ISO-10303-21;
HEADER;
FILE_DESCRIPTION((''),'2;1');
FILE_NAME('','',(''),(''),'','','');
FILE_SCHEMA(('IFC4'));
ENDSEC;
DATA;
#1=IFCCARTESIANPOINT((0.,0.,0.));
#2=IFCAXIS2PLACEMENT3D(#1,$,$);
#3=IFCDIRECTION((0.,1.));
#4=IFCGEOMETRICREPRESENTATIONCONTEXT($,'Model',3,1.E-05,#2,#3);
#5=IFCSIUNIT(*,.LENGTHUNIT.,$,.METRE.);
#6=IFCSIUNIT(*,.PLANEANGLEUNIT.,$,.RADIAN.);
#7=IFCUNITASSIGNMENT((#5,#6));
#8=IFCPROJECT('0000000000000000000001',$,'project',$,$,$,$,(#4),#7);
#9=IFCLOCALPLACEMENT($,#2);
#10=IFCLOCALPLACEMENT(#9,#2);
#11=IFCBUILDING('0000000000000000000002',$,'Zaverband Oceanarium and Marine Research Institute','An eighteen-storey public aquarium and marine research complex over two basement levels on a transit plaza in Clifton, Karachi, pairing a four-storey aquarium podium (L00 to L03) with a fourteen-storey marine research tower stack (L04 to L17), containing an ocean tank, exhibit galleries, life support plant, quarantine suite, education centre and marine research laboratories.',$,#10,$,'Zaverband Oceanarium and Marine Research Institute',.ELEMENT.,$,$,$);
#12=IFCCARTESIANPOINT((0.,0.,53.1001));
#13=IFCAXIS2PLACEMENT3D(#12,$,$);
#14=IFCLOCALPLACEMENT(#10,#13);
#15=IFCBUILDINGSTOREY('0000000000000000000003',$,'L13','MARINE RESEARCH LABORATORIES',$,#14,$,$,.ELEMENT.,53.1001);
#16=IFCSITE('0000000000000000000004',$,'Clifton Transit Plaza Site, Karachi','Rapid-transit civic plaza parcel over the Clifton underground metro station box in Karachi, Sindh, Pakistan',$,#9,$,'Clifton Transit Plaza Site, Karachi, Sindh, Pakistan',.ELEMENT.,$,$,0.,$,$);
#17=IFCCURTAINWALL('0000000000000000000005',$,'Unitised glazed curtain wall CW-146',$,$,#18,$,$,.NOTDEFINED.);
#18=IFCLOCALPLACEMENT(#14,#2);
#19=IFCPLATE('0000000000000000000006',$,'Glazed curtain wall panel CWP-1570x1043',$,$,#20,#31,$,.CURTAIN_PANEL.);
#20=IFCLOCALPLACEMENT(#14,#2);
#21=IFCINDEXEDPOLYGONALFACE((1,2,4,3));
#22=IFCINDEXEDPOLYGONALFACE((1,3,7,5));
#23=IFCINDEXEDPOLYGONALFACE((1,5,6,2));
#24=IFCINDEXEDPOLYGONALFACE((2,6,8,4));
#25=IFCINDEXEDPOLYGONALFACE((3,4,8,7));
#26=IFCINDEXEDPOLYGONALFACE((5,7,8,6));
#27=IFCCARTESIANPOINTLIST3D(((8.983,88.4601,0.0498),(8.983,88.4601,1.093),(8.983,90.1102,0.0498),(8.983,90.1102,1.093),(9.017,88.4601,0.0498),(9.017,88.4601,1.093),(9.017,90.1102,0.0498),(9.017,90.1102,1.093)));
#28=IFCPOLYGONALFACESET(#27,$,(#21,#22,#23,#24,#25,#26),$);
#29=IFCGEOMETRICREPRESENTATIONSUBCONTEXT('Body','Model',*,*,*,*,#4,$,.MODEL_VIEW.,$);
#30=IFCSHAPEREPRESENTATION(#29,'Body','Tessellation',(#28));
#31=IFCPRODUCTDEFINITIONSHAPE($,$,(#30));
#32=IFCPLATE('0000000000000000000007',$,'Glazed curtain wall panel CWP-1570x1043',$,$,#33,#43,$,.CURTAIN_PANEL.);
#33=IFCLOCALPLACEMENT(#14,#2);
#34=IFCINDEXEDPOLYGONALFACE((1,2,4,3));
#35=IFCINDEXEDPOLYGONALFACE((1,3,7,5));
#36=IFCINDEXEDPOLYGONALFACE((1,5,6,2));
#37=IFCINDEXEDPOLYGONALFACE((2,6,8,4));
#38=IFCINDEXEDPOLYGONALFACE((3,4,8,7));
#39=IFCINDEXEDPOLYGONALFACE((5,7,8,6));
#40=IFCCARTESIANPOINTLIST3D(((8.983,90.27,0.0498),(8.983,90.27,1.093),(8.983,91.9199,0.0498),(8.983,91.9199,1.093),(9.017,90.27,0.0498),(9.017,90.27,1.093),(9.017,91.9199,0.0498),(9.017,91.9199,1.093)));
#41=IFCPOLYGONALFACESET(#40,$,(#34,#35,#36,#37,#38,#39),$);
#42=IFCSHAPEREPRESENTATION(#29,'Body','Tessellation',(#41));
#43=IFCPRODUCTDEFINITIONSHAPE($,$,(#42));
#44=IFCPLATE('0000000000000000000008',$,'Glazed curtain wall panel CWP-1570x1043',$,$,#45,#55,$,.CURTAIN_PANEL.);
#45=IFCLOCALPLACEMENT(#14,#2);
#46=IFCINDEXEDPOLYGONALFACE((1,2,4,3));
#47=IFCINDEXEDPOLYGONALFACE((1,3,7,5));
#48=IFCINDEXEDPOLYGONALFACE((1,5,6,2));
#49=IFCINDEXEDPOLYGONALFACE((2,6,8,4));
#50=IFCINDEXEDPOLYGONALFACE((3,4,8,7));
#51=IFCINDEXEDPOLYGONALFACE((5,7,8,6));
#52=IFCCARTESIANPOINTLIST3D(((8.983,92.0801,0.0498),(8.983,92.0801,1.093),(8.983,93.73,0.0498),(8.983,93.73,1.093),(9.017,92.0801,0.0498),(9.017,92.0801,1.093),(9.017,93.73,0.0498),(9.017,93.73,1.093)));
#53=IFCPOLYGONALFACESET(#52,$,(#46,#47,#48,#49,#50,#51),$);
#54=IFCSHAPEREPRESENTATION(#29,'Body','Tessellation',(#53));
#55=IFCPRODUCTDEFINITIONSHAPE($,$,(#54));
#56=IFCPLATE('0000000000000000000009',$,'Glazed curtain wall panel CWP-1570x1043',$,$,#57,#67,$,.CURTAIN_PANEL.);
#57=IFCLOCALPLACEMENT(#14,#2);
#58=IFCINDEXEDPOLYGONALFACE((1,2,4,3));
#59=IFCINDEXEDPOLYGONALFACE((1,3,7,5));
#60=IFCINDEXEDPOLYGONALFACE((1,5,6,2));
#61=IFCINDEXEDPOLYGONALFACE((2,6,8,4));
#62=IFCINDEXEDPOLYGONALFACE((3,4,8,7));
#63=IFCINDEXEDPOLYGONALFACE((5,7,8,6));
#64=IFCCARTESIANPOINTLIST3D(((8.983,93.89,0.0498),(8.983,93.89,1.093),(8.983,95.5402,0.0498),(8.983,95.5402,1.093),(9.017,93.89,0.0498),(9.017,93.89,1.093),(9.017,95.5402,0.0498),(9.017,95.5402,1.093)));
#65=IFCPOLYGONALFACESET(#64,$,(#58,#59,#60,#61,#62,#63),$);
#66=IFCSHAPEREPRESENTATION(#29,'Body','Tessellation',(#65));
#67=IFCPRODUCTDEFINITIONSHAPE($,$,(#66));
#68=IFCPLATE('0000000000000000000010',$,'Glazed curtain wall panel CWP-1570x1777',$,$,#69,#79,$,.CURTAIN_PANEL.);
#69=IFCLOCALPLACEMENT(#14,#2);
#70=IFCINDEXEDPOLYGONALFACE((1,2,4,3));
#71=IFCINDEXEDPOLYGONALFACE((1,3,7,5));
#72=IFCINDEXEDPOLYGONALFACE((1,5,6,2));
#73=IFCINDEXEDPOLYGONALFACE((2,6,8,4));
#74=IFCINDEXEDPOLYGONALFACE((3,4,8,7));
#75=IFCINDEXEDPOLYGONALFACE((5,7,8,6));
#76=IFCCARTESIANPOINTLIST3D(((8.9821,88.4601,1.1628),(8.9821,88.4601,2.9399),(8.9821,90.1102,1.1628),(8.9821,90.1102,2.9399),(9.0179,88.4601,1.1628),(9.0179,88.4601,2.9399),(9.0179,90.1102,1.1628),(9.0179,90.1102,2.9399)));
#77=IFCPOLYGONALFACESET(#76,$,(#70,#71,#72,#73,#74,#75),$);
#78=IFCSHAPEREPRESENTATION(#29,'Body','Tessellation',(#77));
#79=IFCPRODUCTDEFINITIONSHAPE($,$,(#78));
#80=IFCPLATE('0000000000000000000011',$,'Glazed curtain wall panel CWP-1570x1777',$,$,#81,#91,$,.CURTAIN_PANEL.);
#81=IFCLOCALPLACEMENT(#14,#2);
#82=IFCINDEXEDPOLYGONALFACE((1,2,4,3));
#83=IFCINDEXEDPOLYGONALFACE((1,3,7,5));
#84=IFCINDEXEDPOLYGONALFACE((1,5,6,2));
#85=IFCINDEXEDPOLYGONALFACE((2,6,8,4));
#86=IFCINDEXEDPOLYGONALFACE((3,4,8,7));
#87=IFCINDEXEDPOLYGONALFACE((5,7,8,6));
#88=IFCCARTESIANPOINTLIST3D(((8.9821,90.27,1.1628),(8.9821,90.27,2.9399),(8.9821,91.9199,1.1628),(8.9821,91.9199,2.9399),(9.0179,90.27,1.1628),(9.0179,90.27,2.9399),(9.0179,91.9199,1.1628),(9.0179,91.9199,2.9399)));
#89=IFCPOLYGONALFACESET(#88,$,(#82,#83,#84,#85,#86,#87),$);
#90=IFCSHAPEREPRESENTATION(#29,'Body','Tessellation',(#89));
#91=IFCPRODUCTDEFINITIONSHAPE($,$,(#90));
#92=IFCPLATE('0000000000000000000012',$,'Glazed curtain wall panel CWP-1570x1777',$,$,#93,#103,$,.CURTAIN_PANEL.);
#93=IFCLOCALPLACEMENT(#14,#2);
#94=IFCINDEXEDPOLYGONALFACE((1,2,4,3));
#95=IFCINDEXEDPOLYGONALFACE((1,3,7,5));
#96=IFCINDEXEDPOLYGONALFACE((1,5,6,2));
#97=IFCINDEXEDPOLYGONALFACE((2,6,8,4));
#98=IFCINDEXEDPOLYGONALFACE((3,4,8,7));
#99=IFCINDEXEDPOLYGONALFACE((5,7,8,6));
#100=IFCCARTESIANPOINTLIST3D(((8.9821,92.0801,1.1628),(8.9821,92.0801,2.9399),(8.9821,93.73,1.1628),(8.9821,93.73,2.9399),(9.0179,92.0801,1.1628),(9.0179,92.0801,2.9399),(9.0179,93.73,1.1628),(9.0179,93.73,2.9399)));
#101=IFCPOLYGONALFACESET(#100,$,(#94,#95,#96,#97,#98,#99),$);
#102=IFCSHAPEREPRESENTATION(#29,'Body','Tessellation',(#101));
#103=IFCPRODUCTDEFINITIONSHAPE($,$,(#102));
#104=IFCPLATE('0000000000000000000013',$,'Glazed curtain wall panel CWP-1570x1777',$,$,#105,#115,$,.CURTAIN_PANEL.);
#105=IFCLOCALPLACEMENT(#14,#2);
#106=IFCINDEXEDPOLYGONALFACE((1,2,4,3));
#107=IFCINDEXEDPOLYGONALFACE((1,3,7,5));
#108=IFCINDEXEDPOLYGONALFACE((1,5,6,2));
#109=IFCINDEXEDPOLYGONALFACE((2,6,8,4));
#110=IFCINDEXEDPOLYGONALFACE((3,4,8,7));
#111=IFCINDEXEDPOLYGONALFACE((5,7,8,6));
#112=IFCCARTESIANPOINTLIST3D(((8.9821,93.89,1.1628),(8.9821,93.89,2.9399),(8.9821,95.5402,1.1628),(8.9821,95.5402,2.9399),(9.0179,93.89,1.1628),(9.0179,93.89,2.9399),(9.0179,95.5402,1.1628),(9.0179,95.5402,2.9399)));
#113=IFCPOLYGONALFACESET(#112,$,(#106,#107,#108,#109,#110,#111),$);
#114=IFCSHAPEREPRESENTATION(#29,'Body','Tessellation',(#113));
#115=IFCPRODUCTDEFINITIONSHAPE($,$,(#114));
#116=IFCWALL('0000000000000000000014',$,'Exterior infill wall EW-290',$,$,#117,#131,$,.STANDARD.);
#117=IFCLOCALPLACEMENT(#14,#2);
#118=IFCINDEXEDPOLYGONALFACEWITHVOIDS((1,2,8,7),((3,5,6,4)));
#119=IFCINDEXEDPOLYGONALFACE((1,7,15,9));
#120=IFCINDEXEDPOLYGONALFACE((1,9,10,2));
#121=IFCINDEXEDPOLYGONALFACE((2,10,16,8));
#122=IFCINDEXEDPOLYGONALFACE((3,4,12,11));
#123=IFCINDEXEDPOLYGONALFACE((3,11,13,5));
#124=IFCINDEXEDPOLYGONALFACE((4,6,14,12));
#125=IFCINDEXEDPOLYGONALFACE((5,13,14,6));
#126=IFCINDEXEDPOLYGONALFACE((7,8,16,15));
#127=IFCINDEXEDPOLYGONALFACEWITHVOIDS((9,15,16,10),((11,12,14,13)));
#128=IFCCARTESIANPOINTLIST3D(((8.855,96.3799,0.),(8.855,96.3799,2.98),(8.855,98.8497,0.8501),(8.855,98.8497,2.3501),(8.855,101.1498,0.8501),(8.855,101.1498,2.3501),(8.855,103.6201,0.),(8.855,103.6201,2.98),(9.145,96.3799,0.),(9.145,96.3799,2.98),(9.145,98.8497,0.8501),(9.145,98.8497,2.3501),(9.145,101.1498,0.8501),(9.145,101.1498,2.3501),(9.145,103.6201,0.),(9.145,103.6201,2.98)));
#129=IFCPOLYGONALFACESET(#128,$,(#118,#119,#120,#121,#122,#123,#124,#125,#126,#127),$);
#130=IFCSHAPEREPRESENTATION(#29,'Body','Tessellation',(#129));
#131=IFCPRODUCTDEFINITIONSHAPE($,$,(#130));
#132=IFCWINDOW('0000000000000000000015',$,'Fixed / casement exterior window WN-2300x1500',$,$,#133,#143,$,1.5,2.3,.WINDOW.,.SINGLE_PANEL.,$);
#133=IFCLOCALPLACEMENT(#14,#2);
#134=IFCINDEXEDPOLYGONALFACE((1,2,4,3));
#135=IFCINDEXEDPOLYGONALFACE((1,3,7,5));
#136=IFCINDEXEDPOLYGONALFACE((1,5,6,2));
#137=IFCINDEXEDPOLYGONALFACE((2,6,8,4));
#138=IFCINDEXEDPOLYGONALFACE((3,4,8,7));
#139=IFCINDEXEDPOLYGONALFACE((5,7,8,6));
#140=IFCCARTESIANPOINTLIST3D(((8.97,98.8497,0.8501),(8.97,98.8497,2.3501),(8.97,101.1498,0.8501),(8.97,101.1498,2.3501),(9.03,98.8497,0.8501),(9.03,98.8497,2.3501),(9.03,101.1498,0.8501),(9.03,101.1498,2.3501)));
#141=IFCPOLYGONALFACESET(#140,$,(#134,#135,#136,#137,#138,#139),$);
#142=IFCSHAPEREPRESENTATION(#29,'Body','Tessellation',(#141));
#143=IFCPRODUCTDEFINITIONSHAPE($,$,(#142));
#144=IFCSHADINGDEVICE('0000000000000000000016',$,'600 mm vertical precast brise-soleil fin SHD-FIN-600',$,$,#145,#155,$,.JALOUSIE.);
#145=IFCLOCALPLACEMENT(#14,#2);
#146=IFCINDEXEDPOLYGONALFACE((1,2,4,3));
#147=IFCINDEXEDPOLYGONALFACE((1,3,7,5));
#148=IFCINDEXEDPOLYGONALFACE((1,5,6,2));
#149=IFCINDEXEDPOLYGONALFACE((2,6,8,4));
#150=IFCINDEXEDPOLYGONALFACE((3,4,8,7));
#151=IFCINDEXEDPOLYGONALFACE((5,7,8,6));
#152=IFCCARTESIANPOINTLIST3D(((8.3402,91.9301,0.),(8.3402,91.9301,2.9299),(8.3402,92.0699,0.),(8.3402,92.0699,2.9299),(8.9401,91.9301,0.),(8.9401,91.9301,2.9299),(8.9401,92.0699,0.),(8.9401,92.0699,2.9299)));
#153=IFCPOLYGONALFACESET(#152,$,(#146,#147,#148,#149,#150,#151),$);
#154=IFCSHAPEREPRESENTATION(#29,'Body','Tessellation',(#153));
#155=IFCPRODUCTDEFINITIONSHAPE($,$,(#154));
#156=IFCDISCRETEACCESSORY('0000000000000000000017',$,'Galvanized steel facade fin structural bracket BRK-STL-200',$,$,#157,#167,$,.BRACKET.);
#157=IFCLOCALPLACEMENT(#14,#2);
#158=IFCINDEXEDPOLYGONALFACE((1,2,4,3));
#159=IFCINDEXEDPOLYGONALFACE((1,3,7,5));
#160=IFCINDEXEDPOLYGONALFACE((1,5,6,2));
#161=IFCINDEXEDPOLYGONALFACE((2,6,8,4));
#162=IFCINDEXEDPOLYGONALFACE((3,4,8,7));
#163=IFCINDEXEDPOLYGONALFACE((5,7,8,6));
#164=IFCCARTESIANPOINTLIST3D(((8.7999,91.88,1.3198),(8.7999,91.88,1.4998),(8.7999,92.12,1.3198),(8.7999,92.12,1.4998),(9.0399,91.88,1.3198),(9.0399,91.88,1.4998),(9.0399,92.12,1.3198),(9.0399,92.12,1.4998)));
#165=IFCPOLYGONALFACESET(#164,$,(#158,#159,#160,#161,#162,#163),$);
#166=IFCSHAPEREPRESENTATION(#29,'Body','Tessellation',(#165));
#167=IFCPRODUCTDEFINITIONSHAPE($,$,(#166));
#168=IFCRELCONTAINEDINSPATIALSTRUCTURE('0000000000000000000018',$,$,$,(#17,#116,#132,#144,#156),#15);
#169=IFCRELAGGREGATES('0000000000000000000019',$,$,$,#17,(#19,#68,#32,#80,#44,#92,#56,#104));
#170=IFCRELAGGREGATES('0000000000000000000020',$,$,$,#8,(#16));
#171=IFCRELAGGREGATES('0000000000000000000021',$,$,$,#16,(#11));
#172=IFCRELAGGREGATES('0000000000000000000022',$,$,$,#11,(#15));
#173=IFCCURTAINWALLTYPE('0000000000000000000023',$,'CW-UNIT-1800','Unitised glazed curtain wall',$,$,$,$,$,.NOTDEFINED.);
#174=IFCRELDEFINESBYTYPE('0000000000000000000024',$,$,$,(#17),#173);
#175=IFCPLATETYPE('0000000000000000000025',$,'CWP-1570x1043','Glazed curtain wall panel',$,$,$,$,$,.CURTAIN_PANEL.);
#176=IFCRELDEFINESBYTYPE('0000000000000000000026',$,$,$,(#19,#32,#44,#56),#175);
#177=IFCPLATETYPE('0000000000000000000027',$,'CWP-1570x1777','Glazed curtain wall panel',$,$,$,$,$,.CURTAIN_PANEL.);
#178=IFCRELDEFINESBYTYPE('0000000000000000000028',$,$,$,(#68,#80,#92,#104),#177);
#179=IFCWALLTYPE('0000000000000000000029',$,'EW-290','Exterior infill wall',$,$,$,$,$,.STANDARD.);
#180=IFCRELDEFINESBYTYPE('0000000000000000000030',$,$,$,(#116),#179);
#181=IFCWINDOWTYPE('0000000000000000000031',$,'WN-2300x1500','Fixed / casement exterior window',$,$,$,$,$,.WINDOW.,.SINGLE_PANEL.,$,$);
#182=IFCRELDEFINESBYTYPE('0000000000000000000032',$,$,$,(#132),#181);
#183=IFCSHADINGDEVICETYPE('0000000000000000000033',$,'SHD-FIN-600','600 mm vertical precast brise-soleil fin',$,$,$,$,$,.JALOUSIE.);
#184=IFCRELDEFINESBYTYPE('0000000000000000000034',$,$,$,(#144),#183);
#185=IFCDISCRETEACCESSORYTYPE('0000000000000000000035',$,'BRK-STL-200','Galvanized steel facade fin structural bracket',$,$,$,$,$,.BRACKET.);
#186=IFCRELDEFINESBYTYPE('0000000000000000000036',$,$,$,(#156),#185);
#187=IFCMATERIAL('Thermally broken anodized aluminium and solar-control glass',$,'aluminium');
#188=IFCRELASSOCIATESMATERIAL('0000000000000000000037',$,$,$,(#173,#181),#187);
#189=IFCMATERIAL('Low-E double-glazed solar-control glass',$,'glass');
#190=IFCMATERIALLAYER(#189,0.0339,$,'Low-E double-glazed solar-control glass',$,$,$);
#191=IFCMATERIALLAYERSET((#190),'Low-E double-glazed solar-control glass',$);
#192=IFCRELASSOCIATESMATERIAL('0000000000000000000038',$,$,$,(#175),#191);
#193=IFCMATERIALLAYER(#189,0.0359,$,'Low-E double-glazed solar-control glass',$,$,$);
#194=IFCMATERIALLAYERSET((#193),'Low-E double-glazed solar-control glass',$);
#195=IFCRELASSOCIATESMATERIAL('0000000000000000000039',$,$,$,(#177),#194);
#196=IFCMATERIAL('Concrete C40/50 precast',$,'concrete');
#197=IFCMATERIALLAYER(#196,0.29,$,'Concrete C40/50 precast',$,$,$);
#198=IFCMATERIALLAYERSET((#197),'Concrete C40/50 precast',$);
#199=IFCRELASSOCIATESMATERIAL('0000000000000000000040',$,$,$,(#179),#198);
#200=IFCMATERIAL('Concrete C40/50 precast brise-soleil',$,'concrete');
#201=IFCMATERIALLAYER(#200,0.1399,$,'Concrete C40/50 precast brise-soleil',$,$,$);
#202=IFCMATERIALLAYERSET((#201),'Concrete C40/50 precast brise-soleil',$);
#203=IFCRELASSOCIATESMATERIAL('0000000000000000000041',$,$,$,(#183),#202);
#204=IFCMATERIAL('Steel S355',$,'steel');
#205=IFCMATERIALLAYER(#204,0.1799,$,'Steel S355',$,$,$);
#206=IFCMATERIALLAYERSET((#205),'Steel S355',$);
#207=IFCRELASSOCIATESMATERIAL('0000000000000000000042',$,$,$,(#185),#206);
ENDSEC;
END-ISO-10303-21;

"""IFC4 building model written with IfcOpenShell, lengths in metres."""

from ifc_helpers import new_model, si_unit, direction, frame, frame_2d, origin, origin_2d, place, context, subcontext, project, spatial, rectangle, extrude, material, layer, layer_set, type_object, element, fill, aggregate, save


model = new_model("IFC4")

# Units and contexts
model_context = context("Model", 3, precision=1e-05, world=origin(), true_north=direction((0.0, 1.0)))
body_context = subcontext(model_context, "Body", "Model", "MODEL_VIEW")
ifc_project = project(units=[si_unit("LENGTHUNIT", "METRE"), si_unit("PLANEANGLEUNIT", "RADIAN")], contexts=[model_context])

# Site, building, storey
site_placement = place(None, origin())
site = spatial("IfcSite", under=ifc_project, at=site_placement, Name="Clifton Transit Plaza Site, Karachi", Description="Rapid-transit civic plaza parcel over the Clifton underground metro station box in Karachi, Sindh, Pakistan", LongName="Clifton Transit Plaza Site, Karachi, Sindh, Pakistan", CompositionType="ELEMENT", RefElevation=0.0)
building_placement = place(site_placement, origin())
building = spatial("IfcBuilding", under=site, at=building_placement, Name="Zaverband Oceanarium and Marine Research Institute", Description="An eighteen-storey public aquarium and marine research complex over two basement levels on a transit plaza in Clifton, Karachi, pairing a four-storey aquarium podium (L00 to L03) with a fourteen-storey marine research tower stack (L04 to L17), containing an ocean tank, exhibit galleries, life support plant, quarantine suite, education centre and marine research laboratories.", LongName="Zaverband Oceanarium and Marine Research Institute", CompositionType="ELEMENT")
storey_placement = place(building_placement, frame((0.0, 0.0, 53.1001)))
storey = spatial("IfcBuildingStorey", under=building, at=storey_placement, Name="L13", Description="MARINE RESEARCH LABORATORIES", CompositionType="ELEMENT", Elevation=53.1001)

# Curtain wall
ifc_material_1 = material(Name="Thermally broken anodized aluminium and solar-control glass", Category="aluminium")
curtain_wall_type = type_object("IfcCurtainWallType", Name="CW-UNIT-1800", Description="Unitised glazed curtain wall", PredefinedType="NOTDEFINED", material=ifc_material_1)
curtain_wall_placement = place(storey_placement, origin())
curtain_wall = element("IfcCurtainWall", 1, at=curtain_wall_placement, inside=storey, type_object=curtain_wall_type, Name="Unitised glazed curtain wall CW-146", PredefinedType="NOTDEFINED")

# Plates
ifc_material_2 = material(Name="Low-E double-glazed solar-control glass", Category="glass")
ifc_layer_1 = layer(ifc_material_2, 0.0339, Name="Low-E double-glazed solar-control glass")
ifc_layer_set_1 = layer_set([ifc_layer_1], Name="Low-E double-glazed solar-control glass")
plate_type_1 = type_object("IfcPlateType", Name="CWP-1570x1043", Description="Glazed curtain wall panel", PredefinedType="CURTAIN_PANEL", material=ifc_layer_set_1)
plate_1_placement = place(storey_placement, frame((9.0, 88.46, 0.0498), z_axis=(0.0, 0.0, 1.0), x_axis=(0.0, 1.0, 0.0)))
plate_1 = element("IfcPlate", 2, at=plate_1_placement, type_object=plate_type_1, Name="Glazed curtain wall panel CWP-1570x1043", PredefinedType="CURTAIN_PANEL", context=body_context, shape_type="SweptSolid", body=[
    extrude(rectangle(XDim=1.6501, YDim=0.0339, at=frame_2d((0.8252, 0.0))), origin(), (0.0, 0.0, 1.0), 1.0432),
])
plate_2_placement = place(storey_placement, frame((9.0, 90.27, 0.0498), z_axis=(0.0, 0.0, 1.0), x_axis=(0.0, 1.0, 0.0)))
plate_2 = element("IfcPlate", 3, at=plate_2_placement, type_object=plate_type_1, Name="Glazed curtain wall panel CWP-1570x1043", PredefinedType="CURTAIN_PANEL", context=body_context, shape_type="SweptSolid", body=[
    extrude(rectangle(XDim=1.6499, YDim=0.0339, at=frame_2d((0.825, 0.0))), origin(), (0.0, 0.0, 1.0), 1.0432),
])
plate_3_placement = place(storey_placement, frame((9.0, 92.0801, 0.0498), z_axis=(0.0, 0.0, 1.0), x_axis=(0.0, 1.0, 0.0)))
plate_3 = element("IfcPlate", 4, at=plate_3_placement, type_object=plate_type_1, Name="Glazed curtain wall panel CWP-1570x1043", PredefinedType="CURTAIN_PANEL", context=body_context, shape_type="SweptSolid", body=[
    extrude(rectangle(XDim=1.6499, YDim=0.0339, at=frame_2d((0.825, 0.0))), origin(), (0.0, 0.0, 1.0), 1.0432),
])
plate_4_placement = place(storey_placement, frame((9.0, 93.8899, 0.0498), z_axis=(0.0, 0.0, 1.0), x_axis=(0.0, 1.0, 0.0)))
plate_4 = element("IfcPlate", 5, at=plate_4_placement, type_object=plate_type_1, Name="Glazed curtain wall panel CWP-1570x1043", PredefinedType="CURTAIN_PANEL", context=body_context, shape_type="SweptSolid", body=[
    extrude(rectangle(XDim=1.6501, YDim=0.0339, at=frame_2d((0.8252, 0.0))), origin(), (0.0, 0.0, 1.0), 1.0432),
])
ifc_layer_2 = layer(ifc_material_2, 0.0359, Name="Low-E double-glazed solar-control glass")
ifc_layer_set_2 = layer_set([ifc_layer_2], Name="Low-E double-glazed solar-control glass")
plate_type_2 = type_object("IfcPlateType", Name="CWP-1570x1777", Description="Glazed curtain wall panel", PredefinedType="CURTAIN_PANEL", material=ifc_layer_set_2)
plate_5_placement = place(storey_placement, frame((9.0, 88.46, 1.1628), z_axis=(0.0, 0.0, 1.0), x_axis=(0.0, 1.0, 0.0)))
plate_5 = element("IfcPlate", 6, at=plate_5_placement, type_object=plate_type_2, Name="Glazed curtain wall panel CWP-1570x1777", PredefinedType="CURTAIN_PANEL", context=body_context, shape_type="SweptSolid", body=[
    extrude(rectangle(XDim=1.6501, YDim=0.0359, at=frame_2d((0.8252, 0.0))), origin(), (0.0, 0.0, 1.0), 1.7771),
])
plate_6_placement = place(storey_placement, frame((9.0, 90.27, 1.1628), z_axis=(0.0, 0.0, 1.0), x_axis=(0.0, 1.0, 0.0)))
plate_6 = element("IfcPlate", 7, at=plate_6_placement, type_object=plate_type_2, Name="Glazed curtain wall panel CWP-1570x1777", PredefinedType="CURTAIN_PANEL", context=body_context, shape_type="SweptSolid", body=[
    extrude(rectangle(XDim=1.6499, YDim=0.0359, at=frame_2d((0.825, 0.0))), origin(), (0.0, 0.0, 1.0), 1.7771),
])
plate_7_placement = place(storey_placement, frame((9.0, 92.0801, 1.1628), z_axis=(0.0, 0.0, 1.0), x_axis=(0.0, 1.0, 0.0)))
plate_7 = element("IfcPlate", 8, at=plate_7_placement, type_object=plate_type_2, Name="Glazed curtain wall panel CWP-1570x1777", PredefinedType="CURTAIN_PANEL", context=body_context, shape_type="SweptSolid", body=[
    extrude(rectangle(XDim=1.6499, YDim=0.0359, at=frame_2d((0.825, 0.0))), origin(), (0.0, 0.0, 1.0), 1.7771),
])
plate_8_placement = place(storey_placement, frame((9.0, 93.8899, 1.1628), z_axis=(0.0, 0.0, 1.0), x_axis=(0.0, 1.0, 0.0)))
plate_8 = element("IfcPlate", 9, at=plate_8_placement, type_object=plate_type_2, Name="Glazed curtain wall panel CWP-1570x1777", PredefinedType="CURTAIN_PANEL", context=body_context, shape_type="SweptSolid", body=[
    extrude(rectangle(XDim=1.6501, YDim=0.0359, at=frame_2d((0.8252, 0.0))), origin(), (0.0, 0.0, 1.0), 1.7771),
])
aggregate(curtain_wall, [plate_1, plate_5, plate_2, plate_6, plate_3, plate_7, plate_4, plate_8])

# Wall, opening, window
ifc_material_3 = material(Name="Concrete C40/50 precast", Category="concrete")
ifc_layer_3 = layer(ifc_material_3, 0.29, Name="Concrete C40/50 precast")
ifc_layer_set_3 = layer_set([ifc_layer_3], Name="Concrete C40/50 precast")
wall_type = type_object("IfcWallType", Name="EW-290", Description="Exterior infill wall", PredefinedType="STANDARD", material=ifc_layer_set_3)
wall_placement = place(storey_placement, frame((9.0, 96.3799, 0.0), z_axis=(0.0, 0.0, 1.0), x_axis=(0.0, 1.0, 0.0)))
wall = element("IfcWall", 10, at=wall_placement, inside=storey, type_object=wall_type, Name="Exterior infill wall EW-290", PredefinedType="STANDARD", context=body_context, shape_type="SweptSolid", body=[
    extrude(rectangle(XDim=7.2402, YDim=0.29, at=frame_2d((3.6201, 0.0))), origin(), (0.0, 0.0, 1.0), 2.98),
])
opening_placement = place(wall_placement, frame((2.47, 0.0, 0.8501)))
opening = element("IfcOpeningElement", 11, at=opening_placement, cuts=wall, PredefinedType="OPENING", context=body_context, shape_type="SweptSolid", body=[
    extrude(rectangle(XDim=2.3, YDim=1.5, at=frame_2d((1.1499, 0.75))), frame((0.0, 0.157, 0.0), z_axis=(0.0, -1.0, 0.0), x_axis=(1.0, 0.0, 0.0)), (0.0, 0.0, 1.0), 0.314),
])
window_type = type_object("IfcWindowType", Name="WN-2300x1500", Description="Fixed / casement exterior window", PartitioningType="SINGLE_PANEL", PredefinedType="WINDOW", material=ifc_material_1)
window_placement = place(opening_placement, origin())
window = element("IfcWindow", 12, at=window_placement, inside=storey, type_object=window_type, Name="Fixed / casement exterior window WN-2300x1500", OverallHeight=1.5, OverallWidth=2.3, PartitioningType="SINGLE_PANEL", PredefinedType="WINDOW", context=body_context, shape_type="SweptSolid", body=[
    extrude(rectangle(XDim=2.3, YDim=1.5, at=frame_2d((1.1499, 0.75))), frame((0.0, 0.03, 0.0), z_axis=(0.0, -1.0, 0.0), x_axis=(1.0, 0.0, 0.0)), (0.0, 0.0, 1.0), 0.0601),
])
fill(opening, window)

# Shading device
ifc_material_4 = material(Name="Concrete C40/50 precast brise-soleil", Category="concrete")
ifc_layer_4 = layer(ifc_material_4, 0.1399, Name="Concrete C40/50 precast brise-soleil")
ifc_layer_set_4 = layer_set([ifc_layer_4], Name="Concrete C40/50 precast brise-soleil")
shading_device_type = type_object("IfcShadingDeviceType", Name="SHD-FIN-600", Description="600 mm vertical precast brise-soleil fin", PredefinedType="JALOUSIE", material=ifc_layer_set_4)
shading_device_placement = place(storey_placement, frame((8.9399, 92.0, 0.0), z_axis=(0.0, 0.0, 1.0), x_axis=(-1.0, 0.0, 0.0)))
element("IfcShadingDevice", 13, at=shading_device_placement, inside=storey, type_object=shading_device_type, Name="600 mm vertical precast brise-soleil fin SHD-FIN-600", PredefinedType="JALOUSIE", context=body_context, shape_type="SweptSolid", body=[
    extrude(rectangle(XDim=0.5999, YDim=0.1399, at=frame_2d((0.2998, 0.0))), origin(), (0.0, 0.0, 1.0), 2.9299),
])

# Discrete accessory
ifc_material_5 = material(Name="Steel S355", Category="steel")
ifc_layer_5 = layer(ifc_material_5, 0.1799, Name="Steel S355")
ifc_layer_set_5 = layer_set([ifc_layer_5], Name="Steel S355")
discrete_accessory_type = type_object("IfcDiscreteAccessoryType", Name="BRK-STL-200", Description="Galvanized steel facade fin structural bracket", PredefinedType="BRACKET", material=ifc_layer_set_5)
discrete_accessory_placement = place(storey_placement, frame((8.9199, 92.0, 1.3198), z_axis=(0.0, 0.0, 1.0), x_axis=(1.0, 0.0, 0.0)))
element("IfcDiscreteAccessory", 14, at=discrete_accessory_placement, inside=storey, type_object=discrete_accessory_type, Name="Galvanized steel facade fin structural bracket BRK-STL-200", PredefinedType="BRACKET", context=body_context, shape_type="SweptSolid", body=[
    extrude(rectangle(XDim=0.24, YDim=0.24, at=origin_2d()), origin(), (0.0, 0.0, 1.0), 0.1799),
])

save(model, "model.ifc")
